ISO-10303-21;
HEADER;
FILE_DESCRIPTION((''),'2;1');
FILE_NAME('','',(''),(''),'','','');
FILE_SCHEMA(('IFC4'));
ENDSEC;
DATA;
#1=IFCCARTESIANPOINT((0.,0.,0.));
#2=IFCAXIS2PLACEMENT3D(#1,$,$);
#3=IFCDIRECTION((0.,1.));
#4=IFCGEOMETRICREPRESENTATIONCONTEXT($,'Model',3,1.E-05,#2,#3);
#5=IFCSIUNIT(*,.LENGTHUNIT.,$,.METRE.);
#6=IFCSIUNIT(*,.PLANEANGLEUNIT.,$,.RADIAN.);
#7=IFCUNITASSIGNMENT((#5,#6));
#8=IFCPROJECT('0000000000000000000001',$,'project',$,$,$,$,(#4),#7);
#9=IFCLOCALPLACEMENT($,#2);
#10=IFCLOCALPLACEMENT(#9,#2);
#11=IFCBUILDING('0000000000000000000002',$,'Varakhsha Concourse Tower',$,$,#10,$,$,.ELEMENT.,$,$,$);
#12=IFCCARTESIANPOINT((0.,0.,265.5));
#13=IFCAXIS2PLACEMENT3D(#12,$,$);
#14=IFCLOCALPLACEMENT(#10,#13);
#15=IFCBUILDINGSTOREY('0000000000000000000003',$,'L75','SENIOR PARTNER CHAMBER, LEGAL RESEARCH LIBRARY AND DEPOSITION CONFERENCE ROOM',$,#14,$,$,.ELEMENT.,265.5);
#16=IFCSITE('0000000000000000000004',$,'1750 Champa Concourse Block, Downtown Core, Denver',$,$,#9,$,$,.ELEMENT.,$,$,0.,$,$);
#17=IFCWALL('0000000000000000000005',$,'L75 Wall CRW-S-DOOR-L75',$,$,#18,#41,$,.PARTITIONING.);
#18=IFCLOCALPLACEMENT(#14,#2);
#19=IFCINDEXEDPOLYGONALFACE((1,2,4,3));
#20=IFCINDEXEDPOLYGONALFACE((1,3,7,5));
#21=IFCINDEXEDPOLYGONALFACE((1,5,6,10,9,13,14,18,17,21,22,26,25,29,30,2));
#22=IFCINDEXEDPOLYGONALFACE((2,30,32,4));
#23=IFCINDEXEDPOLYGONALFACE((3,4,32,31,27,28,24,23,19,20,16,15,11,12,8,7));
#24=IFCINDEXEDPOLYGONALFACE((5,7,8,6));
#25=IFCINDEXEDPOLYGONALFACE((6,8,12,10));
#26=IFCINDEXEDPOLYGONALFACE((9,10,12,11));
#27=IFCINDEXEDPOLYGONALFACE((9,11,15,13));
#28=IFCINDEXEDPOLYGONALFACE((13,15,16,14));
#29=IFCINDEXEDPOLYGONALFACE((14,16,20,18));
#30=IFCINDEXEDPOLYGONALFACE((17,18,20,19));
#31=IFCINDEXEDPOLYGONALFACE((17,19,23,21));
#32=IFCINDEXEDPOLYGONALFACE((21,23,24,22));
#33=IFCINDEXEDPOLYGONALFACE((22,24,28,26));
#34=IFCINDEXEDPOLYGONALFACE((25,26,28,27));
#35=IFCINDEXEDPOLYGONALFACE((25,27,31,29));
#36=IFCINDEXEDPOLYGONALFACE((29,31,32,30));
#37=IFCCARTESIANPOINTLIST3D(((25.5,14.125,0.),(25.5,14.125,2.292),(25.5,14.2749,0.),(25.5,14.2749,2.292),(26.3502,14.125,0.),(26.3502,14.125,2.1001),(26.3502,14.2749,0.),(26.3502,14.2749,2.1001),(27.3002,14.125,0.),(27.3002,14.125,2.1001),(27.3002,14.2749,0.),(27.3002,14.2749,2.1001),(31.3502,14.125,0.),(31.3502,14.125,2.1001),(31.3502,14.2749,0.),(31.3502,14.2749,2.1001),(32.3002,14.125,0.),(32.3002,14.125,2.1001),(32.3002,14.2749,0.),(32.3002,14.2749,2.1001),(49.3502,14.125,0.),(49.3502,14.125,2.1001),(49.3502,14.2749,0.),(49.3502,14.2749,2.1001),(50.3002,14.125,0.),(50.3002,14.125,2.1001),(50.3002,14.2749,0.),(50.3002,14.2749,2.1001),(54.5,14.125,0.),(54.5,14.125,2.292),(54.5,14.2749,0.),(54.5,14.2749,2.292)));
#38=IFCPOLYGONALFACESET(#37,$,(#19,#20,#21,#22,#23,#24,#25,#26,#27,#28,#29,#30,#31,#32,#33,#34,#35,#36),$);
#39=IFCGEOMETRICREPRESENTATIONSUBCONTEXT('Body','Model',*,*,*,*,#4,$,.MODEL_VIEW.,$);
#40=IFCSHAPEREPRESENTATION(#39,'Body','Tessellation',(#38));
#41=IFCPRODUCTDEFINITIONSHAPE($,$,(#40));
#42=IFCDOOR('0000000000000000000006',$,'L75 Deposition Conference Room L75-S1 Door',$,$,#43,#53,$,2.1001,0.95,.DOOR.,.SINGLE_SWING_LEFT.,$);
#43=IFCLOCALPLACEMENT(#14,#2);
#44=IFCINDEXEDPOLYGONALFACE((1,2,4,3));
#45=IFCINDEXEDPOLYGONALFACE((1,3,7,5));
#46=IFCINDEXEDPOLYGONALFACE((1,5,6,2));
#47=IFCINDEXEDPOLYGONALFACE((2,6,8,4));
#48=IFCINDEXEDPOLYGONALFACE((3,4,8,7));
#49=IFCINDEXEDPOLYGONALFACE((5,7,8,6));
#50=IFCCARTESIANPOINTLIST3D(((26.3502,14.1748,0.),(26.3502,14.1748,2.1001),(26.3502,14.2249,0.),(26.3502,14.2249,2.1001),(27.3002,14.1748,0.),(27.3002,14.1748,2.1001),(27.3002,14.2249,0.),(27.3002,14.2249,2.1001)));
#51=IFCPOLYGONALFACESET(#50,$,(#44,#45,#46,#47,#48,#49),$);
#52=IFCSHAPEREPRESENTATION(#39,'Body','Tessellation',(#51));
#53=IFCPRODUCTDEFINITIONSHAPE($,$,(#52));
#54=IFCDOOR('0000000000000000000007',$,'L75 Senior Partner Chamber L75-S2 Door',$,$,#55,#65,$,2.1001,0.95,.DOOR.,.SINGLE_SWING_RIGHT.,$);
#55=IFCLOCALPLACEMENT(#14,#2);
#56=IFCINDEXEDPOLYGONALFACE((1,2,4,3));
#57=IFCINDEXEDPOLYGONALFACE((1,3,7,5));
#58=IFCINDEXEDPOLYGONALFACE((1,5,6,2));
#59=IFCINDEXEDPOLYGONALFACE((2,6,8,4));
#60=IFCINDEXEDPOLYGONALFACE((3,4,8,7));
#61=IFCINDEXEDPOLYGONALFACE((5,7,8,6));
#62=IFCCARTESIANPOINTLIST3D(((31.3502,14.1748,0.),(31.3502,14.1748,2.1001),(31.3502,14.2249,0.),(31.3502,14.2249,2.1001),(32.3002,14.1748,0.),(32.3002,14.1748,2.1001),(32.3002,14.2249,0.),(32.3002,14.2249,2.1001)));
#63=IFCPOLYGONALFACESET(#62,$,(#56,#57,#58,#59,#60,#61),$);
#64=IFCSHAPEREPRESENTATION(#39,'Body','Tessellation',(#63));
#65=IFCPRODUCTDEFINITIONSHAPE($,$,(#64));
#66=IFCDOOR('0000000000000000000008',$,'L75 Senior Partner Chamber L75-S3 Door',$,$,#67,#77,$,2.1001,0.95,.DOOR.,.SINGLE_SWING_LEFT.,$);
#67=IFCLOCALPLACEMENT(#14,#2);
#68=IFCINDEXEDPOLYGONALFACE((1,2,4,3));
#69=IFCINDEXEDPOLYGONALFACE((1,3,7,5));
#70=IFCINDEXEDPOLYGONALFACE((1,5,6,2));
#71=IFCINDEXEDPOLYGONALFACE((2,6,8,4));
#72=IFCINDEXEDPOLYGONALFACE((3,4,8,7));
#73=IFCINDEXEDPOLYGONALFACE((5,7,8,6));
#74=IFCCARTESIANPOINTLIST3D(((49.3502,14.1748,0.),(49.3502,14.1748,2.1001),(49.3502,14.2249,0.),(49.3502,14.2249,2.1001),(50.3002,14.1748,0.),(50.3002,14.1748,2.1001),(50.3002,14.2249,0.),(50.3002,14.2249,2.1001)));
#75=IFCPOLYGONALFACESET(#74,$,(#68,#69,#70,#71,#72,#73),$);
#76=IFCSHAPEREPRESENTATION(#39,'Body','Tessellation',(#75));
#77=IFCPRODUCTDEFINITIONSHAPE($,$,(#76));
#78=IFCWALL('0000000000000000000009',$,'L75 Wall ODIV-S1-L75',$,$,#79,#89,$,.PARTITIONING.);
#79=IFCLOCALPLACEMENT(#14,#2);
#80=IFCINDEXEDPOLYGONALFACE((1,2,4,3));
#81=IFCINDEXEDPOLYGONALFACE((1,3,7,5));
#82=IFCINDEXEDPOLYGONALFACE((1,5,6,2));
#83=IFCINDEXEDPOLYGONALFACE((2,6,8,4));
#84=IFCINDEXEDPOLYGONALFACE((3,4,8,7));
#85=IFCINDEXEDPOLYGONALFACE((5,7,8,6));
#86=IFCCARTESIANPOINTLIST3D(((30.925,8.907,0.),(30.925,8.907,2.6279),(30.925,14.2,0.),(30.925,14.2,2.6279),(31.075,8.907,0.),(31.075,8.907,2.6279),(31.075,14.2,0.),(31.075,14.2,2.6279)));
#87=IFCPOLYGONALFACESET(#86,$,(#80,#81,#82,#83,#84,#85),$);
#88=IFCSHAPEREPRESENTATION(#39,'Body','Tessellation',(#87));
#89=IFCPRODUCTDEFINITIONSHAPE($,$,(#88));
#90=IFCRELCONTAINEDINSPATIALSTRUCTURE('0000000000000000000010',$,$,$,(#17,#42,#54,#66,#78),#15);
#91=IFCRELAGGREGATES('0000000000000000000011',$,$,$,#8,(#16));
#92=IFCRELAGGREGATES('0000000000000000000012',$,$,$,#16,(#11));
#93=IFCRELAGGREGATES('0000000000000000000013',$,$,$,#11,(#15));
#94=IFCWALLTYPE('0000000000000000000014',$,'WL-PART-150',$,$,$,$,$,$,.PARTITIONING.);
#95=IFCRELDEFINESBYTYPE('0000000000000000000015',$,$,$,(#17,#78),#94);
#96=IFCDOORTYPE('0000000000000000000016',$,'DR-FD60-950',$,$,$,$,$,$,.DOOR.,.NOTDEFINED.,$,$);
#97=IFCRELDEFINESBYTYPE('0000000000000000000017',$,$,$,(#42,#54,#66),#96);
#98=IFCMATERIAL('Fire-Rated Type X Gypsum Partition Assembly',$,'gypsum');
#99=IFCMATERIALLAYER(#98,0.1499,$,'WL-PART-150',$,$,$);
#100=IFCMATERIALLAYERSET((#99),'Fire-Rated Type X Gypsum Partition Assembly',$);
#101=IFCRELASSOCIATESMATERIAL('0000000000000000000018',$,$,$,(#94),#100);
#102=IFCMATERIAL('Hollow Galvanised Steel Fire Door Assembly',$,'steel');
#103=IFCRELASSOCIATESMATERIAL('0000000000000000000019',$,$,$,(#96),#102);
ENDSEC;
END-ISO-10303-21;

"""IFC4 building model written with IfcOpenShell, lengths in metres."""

from ifc_helpers import new_model, si_unit, direction, frame, frame_2d, origin, place, context, subcontext, project, spatial, rectangle, extrude, material, layer, layer_set, type_object, element, fill, save


model = new_model("IFC4")

# Units and contexts
model_context = context("Model", 3, precision=1e-05, world=origin(), true_north=direction((0.0, 1.0)))
body_context = subcontext(model_context, "Body", "Model", "MODEL_VIEW")
ifc_project = project(units=[si_unit("LENGTHUNIT", "METRE"), si_unit("PLANEANGLEUNIT", "RADIAN")], contexts=[model_context])

# Site, building, storey
site_placement = place(None, origin())
site = spatial("IfcSite", under=ifc_project, at=site_placement, Name="1750 Champa Concourse Block, Downtown Core, Denver", CompositionType="ELEMENT", RefElevation=0.0)
building_placement = place(site_placement, origin())
building = spatial("IfcBuilding", under=site, at=building_placement, Name="Varakhsha Concourse Tower", CompositionType="ELEMENT")
storey_placement = place(building_placement, frame((0.0, 0.0, 265.5)))
storey = spatial("IfcBuildingStorey", under=building, at=storey_placement, Name="L75", Description="SENIOR PARTNER CHAMBER, LEGAL RESEARCH LIBRARY AND DEPOSITION CONFERENCE ROOM", CompositionType="ELEMENT", Elevation=265.5)

# Wall, openings, doors
ifc_material_1 = material(Name="Fire-Rated Type X Gypsum Partition Assembly", Category="gypsum")
ifc_layer_1 = layer(ifc_material_1, 0.1499, Name="WL-PART-150")
ifc_layer_set_1 = layer_set([ifc_layer_1], Name="Fire-Rated Type X Gypsum Partition Assembly")
wall_type = type_object("IfcWallType", Name="WL-PART-150", PredefinedType="PARTITIONING", material=ifc_layer_set_1)
ifc_material_2 = material(Name="Hollow Galvanised Steel Fire Door Assembly", Category="steel")
door_type = type_object("IfcDoorType", Name="DR-FD60-950", OperationType="NOTDEFINED", PredefinedType="DOOR", material=ifc_material_2)
wall_1_placement = place(storey_placement, frame((25.5, 14.2, 0.0), z_axis=(0.0, 0.0, 1.0), x_axis=(1.0, 0.0, 0.0)))
wall_1 = element("IfcWall", 1, at=wall_1_placement, inside=storey, type_object=wall_type, Name="L75 Wall CRW-S-DOOR-L75", PredefinedType="PARTITIONING", context=body_context, shape_type="SweptSolid", body=[
    extrude(rectangle(XDim=29.0, YDim=0.1499, at=frame_2d((14.5, 0.0))), origin(), (0.0, 0.0, 1.0), 2.292),
])
opening_1_placement = place(wall_1_placement, frame((0.8501, 0.0, 0.0)))
opening_1 = element("IfcOpeningElement", 2, at=opening_1_placement, cuts=wall_1, PredefinedType="OPENING", context=body_context, shape_type="SweptSolid", body=[
    extrude(rectangle(XDim=0.95, YDim=2.1001, at=frame_2d((0.4751, 1.05))), frame((0.0, 0.085, 0.0), z_axis=(0.0, -1.0, 0.0), x_axis=(1.0, 0.0, 0.0)), (0.0, 0.0, 1.0), 0.1699),
])
opening_2_placement = place(wall_1_placement, frame((5.8501, 0.0, 0.0)))
opening_2 = element("IfcOpeningElement", 3, at=opening_2_placement, cuts=wall_1, PredefinedType="OPENING", context=body_context, shape_type="SweptSolid", body=[
    extrude(rectangle(XDim=0.95, YDim=2.1001, at=frame_2d((0.4751, 1.05))), frame((0.0, 0.085, 0.0), z_axis=(0.0, -1.0, 0.0), x_axis=(1.0, 0.0, 0.0)), (0.0, 0.0, 1.0), 0.1699),
])
opening_3_placement = place(wall_1_placement, frame((23.8501, 0.0, 0.0)))
opening_3 = element("IfcOpeningElement", 4, at=opening_3_placement, cuts=wall_1, PredefinedType="OPENING", context=body_context, shape_type="SweptSolid", body=[
    extrude(rectangle(XDim=0.95, YDim=2.1001, at=frame_2d((0.4751, 1.05))), frame((0.0, 0.085, 0.0), z_axis=(0.0, -1.0, 0.0), x_axis=(1.0, 0.0, 0.0)), (0.0, 0.0, 1.0), 0.1699),
])
door_1_placement = place(opening_1_placement, origin())
door_1 = element("IfcDoor", 5, at=door_1_placement, inside=storey, type_object=door_type, Name="L75 Deposition Conference Room L75-S1 Door", OperationType="SINGLE_SWING_LEFT", OverallHeight=2.1001, OverallWidth=0.95, PredefinedType="DOOR", context=body_context, shape_type="SweptSolid", body=[
    extrude(rectangle(XDim=0.95, YDim=2.1001, at=frame_2d((0.4751, 1.05))), frame((0.0, 0.0249, 0.0), z_axis=(0.0, -1.0, 0.0), x_axis=(1.0, 0.0, 0.0)), (0.0, 0.0, 1.0), 0.05),
])
fill(opening_1, door_1)
door_2_placement = place(opening_2_placement, origin())
door_2 = element("IfcDoor", 6, at=door_2_placement, inside=storey, type_object=door_type, Name="L75 Senior Partner Chamber L75-S2 Door", OperationType="SINGLE_SWING_RIGHT", OverallHeight=2.1001, OverallWidth=0.95, PredefinedType="DOOR", context=body_context, shape_type="SweptSolid", body=[
    extrude(rectangle(XDim=0.95, YDim=2.1001, at=frame_2d((0.4751, 1.05))), frame((0.0, 0.0249, 0.0), z_axis=(0.0, -1.0, 0.0), x_axis=(1.0, 0.0, 0.0)), (0.0, 0.0, 1.0), 0.05),
])
fill(opening_2, door_2)
door_3_placement = place(opening_3_placement, origin())
door_3 = element("IfcDoor", 7, at=door_3_placement, inside=storey, type_object=door_type, Name="L75 Senior Partner Chamber L75-S3 Door", OperationType="SINGLE_SWING_LEFT", OverallHeight=2.1001, OverallWidth=0.95, PredefinedType="DOOR", context=body_context, shape_type="SweptSolid", body=[
    extrude(rectangle(XDim=0.95, YDim=2.1001, at=frame_2d((0.4751, 1.05))), frame((0.0, 0.0249, 0.0), z_axis=(0.0, -1.0, 0.0), x_axis=(1.0, 0.0, 0.0)), (0.0, 0.0, 1.0), 0.05),
])
fill(opening_3, door_3)

# Wall
wall_2_placement = place(storey_placement, frame((31.0, 8.907, 0.0), z_axis=(0.0, 0.0, 1.0), x_axis=(0.0, 1.0, 0.0)))
element("IfcWall", 8, at=wall_2_placement, inside=storey, type_object=wall_type, Name="L75 Wall ODIV-S1-L75", PredefinedType="PARTITIONING", context=body_context, shape_type="SweptSolid", body=[
    extrude(rectangle(XDim=5.293, YDim=0.1499, at=frame_2d((2.6465, 0.0))), origin(), (0.0, 0.0, 1.0), 2.6279),
])

save(model, "model.ifc")
